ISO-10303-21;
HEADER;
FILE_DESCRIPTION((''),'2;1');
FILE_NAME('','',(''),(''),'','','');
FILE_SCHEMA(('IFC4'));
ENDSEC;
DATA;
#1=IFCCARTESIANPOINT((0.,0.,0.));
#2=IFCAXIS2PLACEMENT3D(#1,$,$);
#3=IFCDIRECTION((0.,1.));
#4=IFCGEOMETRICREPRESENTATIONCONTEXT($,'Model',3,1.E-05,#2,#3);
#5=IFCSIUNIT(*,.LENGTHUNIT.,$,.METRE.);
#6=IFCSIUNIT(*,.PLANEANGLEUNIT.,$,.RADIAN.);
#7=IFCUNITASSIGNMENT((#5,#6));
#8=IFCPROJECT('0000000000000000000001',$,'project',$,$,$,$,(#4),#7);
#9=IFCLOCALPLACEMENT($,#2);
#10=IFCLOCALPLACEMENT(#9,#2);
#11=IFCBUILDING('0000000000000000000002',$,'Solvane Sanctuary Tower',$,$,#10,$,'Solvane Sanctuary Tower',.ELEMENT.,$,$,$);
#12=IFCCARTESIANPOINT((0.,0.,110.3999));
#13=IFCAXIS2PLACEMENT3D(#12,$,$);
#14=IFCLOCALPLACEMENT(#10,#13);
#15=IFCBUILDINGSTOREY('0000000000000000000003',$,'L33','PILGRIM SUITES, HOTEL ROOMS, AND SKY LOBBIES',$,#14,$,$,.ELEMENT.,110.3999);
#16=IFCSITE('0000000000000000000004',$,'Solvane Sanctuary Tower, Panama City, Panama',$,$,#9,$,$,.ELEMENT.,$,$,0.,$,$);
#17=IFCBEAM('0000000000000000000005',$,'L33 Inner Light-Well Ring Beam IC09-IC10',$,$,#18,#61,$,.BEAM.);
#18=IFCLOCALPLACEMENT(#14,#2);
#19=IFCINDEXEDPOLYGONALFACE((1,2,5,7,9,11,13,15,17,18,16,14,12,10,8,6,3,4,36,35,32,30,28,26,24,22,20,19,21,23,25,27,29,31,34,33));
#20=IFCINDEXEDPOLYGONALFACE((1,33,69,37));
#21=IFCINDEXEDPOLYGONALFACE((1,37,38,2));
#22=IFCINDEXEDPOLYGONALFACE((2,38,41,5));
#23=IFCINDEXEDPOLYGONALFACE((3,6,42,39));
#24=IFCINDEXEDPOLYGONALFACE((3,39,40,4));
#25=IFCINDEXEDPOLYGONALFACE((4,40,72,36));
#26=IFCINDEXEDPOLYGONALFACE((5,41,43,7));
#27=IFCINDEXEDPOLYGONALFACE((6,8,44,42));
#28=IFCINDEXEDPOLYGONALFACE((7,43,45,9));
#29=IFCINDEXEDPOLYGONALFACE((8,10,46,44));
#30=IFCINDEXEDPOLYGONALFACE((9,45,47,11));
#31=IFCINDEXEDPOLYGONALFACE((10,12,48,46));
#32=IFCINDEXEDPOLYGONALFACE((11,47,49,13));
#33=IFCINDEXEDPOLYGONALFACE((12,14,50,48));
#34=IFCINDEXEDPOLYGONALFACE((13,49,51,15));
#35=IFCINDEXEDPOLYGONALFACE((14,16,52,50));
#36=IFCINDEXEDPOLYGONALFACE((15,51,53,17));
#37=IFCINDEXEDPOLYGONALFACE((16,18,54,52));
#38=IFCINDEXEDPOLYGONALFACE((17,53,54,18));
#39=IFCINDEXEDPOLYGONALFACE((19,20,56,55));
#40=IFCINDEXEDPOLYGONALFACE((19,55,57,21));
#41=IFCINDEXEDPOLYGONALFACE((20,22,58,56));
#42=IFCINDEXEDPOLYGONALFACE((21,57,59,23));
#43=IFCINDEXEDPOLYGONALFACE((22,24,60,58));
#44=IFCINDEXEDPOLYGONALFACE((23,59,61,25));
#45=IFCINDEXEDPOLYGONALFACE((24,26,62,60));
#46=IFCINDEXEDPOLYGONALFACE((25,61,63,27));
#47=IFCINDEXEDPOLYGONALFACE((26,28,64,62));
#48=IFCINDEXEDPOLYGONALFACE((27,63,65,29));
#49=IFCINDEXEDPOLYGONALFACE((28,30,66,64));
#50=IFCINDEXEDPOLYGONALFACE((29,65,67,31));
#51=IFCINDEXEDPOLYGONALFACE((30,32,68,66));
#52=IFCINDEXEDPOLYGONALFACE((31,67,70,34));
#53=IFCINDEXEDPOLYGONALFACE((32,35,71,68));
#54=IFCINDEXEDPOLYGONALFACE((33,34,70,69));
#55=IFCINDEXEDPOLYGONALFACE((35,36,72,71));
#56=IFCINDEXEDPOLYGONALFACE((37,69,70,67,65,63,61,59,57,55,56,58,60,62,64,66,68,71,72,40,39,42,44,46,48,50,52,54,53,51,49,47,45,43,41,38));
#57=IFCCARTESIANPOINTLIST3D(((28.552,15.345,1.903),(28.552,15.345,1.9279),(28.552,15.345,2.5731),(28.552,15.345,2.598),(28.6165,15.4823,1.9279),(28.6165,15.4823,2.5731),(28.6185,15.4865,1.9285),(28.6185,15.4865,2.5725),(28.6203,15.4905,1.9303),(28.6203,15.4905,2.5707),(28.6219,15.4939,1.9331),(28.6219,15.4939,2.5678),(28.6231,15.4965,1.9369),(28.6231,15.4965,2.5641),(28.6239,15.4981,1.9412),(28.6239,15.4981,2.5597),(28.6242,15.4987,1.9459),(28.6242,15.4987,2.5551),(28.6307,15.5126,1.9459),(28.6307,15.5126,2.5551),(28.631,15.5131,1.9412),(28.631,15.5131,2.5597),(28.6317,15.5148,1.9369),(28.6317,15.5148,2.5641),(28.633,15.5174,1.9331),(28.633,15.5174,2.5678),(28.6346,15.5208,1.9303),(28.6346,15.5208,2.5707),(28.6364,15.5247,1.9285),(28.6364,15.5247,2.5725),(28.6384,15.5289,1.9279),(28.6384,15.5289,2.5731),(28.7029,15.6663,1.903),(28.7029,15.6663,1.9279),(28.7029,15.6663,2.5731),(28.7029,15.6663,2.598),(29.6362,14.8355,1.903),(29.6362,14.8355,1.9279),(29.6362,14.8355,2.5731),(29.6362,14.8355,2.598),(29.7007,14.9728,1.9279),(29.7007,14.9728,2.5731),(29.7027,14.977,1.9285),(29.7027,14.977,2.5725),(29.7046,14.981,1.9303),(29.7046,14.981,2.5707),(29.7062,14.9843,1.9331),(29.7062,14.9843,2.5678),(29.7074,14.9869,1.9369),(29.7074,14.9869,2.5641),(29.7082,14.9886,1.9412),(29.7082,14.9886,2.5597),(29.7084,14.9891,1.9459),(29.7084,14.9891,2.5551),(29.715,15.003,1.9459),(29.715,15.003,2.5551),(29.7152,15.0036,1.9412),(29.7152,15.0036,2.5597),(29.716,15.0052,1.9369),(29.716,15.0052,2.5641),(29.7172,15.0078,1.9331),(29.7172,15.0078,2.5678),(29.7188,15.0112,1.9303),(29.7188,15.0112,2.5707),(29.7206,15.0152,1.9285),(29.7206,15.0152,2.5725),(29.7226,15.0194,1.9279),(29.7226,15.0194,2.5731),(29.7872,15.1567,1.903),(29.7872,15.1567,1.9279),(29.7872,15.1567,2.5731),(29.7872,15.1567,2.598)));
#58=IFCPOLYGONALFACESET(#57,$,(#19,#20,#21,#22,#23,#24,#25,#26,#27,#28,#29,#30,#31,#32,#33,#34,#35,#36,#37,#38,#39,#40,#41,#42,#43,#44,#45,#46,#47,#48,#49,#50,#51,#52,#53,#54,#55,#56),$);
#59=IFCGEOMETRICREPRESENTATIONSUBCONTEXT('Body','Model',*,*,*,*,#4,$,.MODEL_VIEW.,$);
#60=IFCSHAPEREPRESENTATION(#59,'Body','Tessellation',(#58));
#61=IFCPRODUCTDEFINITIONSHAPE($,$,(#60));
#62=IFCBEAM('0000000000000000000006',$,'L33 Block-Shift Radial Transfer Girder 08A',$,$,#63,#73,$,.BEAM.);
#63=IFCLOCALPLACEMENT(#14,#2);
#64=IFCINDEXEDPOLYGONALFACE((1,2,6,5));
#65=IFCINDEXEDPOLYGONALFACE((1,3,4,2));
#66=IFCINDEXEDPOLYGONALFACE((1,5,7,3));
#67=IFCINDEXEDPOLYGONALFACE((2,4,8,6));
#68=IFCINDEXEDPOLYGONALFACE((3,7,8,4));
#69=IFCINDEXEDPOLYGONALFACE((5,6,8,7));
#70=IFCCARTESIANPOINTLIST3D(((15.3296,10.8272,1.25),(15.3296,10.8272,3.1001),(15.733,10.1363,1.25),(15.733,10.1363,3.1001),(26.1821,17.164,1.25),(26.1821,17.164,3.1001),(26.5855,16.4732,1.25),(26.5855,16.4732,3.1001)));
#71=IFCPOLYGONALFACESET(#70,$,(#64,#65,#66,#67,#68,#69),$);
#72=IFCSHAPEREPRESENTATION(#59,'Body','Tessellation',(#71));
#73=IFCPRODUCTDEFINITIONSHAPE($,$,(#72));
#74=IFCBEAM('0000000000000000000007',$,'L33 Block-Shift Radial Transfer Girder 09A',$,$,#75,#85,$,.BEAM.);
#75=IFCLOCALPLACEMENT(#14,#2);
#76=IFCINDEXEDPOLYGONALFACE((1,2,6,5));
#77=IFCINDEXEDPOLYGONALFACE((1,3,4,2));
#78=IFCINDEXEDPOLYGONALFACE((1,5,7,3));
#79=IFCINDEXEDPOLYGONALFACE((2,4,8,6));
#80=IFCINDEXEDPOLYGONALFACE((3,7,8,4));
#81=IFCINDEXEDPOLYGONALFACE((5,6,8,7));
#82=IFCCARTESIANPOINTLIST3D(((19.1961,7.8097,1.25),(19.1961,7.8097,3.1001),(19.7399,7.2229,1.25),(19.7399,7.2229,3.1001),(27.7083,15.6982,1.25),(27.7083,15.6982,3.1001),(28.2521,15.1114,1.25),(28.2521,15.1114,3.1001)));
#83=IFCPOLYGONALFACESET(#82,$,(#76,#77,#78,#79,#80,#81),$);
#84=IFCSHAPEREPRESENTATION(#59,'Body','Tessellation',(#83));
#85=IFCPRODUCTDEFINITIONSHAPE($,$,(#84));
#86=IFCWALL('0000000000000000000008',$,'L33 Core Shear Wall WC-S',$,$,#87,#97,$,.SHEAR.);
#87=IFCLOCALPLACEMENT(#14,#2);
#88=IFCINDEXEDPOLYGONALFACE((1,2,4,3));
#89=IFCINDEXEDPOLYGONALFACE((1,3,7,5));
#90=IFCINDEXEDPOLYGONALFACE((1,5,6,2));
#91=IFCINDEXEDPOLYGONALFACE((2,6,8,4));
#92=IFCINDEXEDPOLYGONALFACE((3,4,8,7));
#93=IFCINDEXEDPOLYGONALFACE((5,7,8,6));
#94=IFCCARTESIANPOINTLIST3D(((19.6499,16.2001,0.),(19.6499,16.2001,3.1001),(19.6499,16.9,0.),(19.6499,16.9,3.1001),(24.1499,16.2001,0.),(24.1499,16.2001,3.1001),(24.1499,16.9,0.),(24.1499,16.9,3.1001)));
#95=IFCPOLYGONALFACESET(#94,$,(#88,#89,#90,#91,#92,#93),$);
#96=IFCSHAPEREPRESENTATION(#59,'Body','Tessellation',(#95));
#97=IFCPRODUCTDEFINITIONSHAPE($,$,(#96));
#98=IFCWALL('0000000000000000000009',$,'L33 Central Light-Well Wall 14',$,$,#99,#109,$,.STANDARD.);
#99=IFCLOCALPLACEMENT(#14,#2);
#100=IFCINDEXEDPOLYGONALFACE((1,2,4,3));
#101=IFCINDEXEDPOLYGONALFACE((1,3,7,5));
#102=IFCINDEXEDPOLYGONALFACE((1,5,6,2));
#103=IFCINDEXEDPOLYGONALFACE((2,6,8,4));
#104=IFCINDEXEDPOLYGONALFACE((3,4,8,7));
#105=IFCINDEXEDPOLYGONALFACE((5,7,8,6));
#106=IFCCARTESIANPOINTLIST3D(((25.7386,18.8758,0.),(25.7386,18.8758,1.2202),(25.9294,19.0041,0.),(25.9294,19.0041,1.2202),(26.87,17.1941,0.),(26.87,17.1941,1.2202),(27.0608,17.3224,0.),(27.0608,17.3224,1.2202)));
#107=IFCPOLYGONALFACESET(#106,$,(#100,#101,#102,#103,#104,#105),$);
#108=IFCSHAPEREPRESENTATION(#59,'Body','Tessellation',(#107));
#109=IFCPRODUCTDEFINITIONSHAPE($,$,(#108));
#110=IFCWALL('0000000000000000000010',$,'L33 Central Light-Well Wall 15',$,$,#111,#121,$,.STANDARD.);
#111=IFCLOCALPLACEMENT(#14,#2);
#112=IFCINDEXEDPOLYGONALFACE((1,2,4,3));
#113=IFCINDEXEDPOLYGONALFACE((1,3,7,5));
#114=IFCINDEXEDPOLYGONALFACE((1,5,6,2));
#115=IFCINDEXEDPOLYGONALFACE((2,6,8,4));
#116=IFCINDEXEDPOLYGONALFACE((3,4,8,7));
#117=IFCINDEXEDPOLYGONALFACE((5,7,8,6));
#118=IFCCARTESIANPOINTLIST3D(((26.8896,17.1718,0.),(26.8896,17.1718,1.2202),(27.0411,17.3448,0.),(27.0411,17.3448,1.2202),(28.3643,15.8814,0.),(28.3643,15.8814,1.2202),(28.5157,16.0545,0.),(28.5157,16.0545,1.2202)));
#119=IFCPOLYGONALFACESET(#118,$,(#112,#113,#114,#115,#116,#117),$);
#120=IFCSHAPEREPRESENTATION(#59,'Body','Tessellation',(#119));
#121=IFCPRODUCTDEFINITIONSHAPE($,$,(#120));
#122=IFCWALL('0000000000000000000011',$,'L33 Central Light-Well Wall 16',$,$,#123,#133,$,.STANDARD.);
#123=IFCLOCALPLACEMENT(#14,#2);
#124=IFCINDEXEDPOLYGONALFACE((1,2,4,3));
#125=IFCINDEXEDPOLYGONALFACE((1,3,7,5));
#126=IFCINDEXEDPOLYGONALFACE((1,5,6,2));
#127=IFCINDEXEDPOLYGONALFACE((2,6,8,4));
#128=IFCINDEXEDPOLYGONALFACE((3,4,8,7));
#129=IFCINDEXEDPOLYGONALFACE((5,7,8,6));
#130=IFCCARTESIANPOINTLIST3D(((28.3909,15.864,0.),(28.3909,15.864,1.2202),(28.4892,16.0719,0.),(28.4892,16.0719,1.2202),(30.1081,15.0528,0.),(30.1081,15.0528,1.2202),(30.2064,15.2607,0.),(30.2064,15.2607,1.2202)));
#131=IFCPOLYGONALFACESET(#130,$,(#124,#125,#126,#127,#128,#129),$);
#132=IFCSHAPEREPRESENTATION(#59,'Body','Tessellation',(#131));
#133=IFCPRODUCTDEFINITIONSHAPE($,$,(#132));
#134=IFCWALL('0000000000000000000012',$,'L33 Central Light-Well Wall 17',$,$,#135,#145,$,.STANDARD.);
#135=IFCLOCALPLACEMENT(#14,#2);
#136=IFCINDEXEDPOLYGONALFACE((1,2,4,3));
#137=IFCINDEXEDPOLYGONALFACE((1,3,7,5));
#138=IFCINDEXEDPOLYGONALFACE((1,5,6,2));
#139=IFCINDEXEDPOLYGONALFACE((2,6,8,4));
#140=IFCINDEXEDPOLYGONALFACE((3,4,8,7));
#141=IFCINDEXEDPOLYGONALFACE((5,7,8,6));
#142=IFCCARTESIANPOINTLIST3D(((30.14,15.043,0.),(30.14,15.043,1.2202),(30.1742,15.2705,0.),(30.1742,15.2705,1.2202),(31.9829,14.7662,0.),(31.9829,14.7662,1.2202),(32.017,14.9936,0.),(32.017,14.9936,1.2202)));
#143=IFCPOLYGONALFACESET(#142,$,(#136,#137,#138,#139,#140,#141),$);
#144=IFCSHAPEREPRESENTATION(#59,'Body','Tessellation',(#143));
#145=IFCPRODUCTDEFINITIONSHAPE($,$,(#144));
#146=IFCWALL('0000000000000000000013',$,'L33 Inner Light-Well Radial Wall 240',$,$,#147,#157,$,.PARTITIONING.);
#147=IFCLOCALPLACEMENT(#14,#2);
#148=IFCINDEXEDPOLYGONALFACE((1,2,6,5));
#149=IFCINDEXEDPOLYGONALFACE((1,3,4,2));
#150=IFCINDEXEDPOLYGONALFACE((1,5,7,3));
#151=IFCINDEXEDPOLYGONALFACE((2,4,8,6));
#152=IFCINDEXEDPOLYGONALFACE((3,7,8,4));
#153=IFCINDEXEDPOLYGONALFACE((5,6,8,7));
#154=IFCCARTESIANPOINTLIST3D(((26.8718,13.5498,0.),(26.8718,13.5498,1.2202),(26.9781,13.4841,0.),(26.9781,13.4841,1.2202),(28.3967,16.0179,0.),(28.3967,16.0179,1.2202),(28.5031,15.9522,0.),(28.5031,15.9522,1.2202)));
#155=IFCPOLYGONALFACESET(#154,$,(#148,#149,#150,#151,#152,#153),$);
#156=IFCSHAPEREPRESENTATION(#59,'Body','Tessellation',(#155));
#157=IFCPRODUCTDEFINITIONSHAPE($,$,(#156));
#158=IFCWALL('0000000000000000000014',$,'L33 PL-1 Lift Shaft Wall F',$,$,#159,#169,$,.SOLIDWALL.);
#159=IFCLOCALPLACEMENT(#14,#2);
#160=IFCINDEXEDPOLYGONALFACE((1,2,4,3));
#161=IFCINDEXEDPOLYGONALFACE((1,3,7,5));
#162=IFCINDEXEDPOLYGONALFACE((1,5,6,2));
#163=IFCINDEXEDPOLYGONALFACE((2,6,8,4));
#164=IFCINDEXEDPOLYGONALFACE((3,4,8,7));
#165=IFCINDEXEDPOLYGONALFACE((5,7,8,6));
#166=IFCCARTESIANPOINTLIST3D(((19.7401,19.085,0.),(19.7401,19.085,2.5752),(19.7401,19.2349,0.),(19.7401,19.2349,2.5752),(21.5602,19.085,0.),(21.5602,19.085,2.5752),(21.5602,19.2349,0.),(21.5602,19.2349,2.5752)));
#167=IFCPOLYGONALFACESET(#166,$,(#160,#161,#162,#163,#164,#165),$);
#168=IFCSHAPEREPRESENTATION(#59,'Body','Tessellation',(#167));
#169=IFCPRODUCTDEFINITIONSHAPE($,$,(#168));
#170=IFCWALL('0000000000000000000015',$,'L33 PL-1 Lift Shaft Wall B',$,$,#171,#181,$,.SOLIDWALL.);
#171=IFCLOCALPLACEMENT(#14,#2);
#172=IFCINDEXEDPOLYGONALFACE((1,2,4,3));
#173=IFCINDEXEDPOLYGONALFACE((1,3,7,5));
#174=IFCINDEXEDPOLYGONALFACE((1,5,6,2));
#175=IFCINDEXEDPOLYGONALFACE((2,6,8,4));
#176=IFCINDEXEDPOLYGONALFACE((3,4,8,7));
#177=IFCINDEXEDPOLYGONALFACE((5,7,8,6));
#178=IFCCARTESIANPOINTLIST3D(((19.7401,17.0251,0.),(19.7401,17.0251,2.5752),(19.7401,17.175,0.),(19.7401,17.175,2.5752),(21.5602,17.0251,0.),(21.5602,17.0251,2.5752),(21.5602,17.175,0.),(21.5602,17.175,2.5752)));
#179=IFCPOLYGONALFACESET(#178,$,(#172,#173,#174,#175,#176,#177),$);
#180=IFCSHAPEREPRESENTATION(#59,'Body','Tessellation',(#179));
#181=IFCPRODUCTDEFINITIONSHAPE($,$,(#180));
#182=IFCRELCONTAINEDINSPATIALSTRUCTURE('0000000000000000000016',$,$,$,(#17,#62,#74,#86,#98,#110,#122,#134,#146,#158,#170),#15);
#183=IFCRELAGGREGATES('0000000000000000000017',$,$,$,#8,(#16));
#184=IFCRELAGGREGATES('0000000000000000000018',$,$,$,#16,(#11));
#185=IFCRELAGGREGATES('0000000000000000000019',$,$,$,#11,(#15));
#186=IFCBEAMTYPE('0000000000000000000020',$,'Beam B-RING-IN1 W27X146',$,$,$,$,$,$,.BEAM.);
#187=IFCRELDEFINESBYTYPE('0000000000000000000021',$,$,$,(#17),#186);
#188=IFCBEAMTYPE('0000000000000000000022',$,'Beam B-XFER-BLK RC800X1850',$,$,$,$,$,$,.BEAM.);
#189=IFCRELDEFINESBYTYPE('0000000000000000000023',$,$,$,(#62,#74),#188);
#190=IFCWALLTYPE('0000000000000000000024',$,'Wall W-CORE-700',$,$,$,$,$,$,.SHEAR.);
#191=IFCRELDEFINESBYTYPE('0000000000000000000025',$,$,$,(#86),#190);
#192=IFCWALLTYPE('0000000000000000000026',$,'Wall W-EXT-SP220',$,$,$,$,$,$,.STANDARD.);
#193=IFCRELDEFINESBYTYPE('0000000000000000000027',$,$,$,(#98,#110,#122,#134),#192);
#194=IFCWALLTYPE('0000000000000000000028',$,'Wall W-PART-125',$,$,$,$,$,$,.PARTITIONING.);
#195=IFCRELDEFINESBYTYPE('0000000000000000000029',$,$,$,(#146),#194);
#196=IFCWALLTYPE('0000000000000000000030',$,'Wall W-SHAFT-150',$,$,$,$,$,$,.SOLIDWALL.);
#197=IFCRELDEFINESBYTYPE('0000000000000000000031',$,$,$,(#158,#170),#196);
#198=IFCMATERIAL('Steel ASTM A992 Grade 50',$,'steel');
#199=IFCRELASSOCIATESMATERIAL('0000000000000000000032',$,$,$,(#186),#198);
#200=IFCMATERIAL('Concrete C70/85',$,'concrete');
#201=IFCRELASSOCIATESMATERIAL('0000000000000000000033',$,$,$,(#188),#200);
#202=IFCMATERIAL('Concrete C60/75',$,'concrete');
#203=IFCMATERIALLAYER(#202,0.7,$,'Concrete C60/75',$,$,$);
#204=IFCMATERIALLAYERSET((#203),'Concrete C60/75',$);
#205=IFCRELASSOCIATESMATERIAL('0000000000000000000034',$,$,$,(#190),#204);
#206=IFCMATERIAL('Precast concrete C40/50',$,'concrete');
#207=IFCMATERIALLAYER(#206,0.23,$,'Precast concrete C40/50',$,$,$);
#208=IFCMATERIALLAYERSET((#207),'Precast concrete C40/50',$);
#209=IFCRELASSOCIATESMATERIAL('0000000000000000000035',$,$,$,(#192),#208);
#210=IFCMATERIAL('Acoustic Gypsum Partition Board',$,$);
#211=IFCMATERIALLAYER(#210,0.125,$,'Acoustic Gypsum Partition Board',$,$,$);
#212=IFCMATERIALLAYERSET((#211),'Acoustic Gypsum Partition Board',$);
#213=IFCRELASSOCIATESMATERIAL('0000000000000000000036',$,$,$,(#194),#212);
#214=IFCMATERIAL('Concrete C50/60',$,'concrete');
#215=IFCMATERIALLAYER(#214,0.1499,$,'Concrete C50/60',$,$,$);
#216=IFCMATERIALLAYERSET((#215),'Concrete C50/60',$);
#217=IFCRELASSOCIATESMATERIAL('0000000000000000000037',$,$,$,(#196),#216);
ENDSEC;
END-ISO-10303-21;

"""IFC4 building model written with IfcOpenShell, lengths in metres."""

from ifc_helpers import new_model, si_unit, direction, frame, frame_2d, origin, origin_2d, place, context, subcontext, project, spatial, rectangle, i_section, extrude, material, layer, layer_set, material_profile, profile_set, type_object, element, save


model = new_model("IFC4")

# Units and contexts
model_context = context("Model", 3, precision=1e-05, world=origin(), true_north=direction((0.0, 1.0)))
body_context = subcontext(model_context, "Body", "Model", "MODEL_VIEW")
ifc_project = project(units=[si_unit("LENGTHUNIT", "METRE"), si_unit("PLANEANGLEUNIT", "RADIAN")], contexts=[model_context])

# Site, building, storey
site_placement = place(None, origin())
site = spatial("IfcSite", under=ifc_project, at=site_placement, Name="Solvane Sanctuary Tower, Panama City, Panama", CompositionType="ELEMENT", RefElevation=0.0)
building_placement = place(site_placement, origin())
building = spatial("IfcBuilding", under=site, at=building_placement, Name="Solvane Sanctuary Tower", LongName="Solvane Sanctuary Tower", CompositionType="ELEMENT")
storey_placement = place(building_placement, frame((0.0, 0.0, 110.3999)))
storey = spatial("IfcBuildingStorey", under=building, at=storey_placement, Name="L33", Description="PILGRIM SUITES, HOTEL ROOMS, AND SKY LOBBIES", CompositionType="ELEMENT", Elevation=110.3999)

# Shared definitions
ifc_material_1 = material(Name="Concrete C70/85", Category="concrete")
ifc_material_2 = material(Name="Concrete C60/75", Category="concrete")

# Beams
ifc_material_3 = material(Name="Steel ASTM A992 Grade 50", Category="steel")
ifc_material_profile_1 = material_profile(ifc_material_3, i_section(OverallWidth=0.355, OverallDepth=0.6951, WebThickness=0.0154, FlangeThickness=0.0249, FilletRadius=0.0181, at=origin_2d()), Name="W27X146")
ifc_profile_set_1 = profile_set([ifc_material_profile_1], Name="Steel ASTM A992 Grade 50")
beam_type_1 = type_object("IfcBeamType", Name="Beam B-RING-IN1 W27X146", PredefinedType="BEAM", material=ifc_profile_set_1)
beam_1_placement = place(storey_placement, frame((28.6274, 15.5056, 2.2505), z_axis=(0.905045, -0.425316, 0.0), x_axis=(0.425316, 0.905045, 0.0)))
element("IfcBeam", 1, at=beam_1_placement, inside=storey, type_object=beam_type_1, Name="L33 Inner Light-Well Ring Beam IC09-IC10", PredefinedType="BEAM", context=body_context, shape_type="SweptSolid", body=[
    extrude(i_section(OverallWidth=0.355, OverallDepth=0.6951, WebThickness=0.0154, FlangeThickness=0.0249, FilletRadius=0.0181, at=origin_2d()), origin(), (0.0, 0.0, 1.0), 1.198),
])
ifc_material_profile_2 = material_profile(ifc_material_1, rectangle(XDim=0.8, YDim=1.8501, at=origin_2d()), Name="RC800X1850")
ifc_profile_set_2 = profile_set([ifc_material_profile_2], Name="Concrete C70/85")
beam_type_2 = type_object("IfcBeamType", Name="Beam B-XFER-BLK RC800X1850", PredefinedType="BEAM", material=ifc_profile_set_2)
beam_2_placement = place(storey_placement, frame((26.3838, 16.8186, 2.175), z_axis=(-0.863562, -0.504243, 0.0), x_axis=(0.504243, -0.863562, 0.0)))
element("IfcBeam", 2, at=beam_2_placement, inside=storey, type_object=beam_type_2, Name="L33 Block-Shift Radial Transfer Girder 08A", PredefinedType="BEAM", context=body_context, shape_type="SweptSolid", body=[
    extrude(rectangle(XDim=0.8, YDim=1.8501, at=origin_2d()), origin(), (0.0, 0.0, 1.0), 12.5671),
])
beam_3_placement = place(storey_placement, frame((27.9802, 15.4048, 2.175), z_axis=(-0.73347, -0.679721, 0.0), x_axis=(0.679721, -0.73347, 0.0)))
element("IfcBeam", 3, at=beam_3_placement, inside=storey, type_object=beam_type_2, Name="L33 Block-Shift Radial Transfer Girder 09A", PredefinedType="BEAM", context=body_context, shape_type="SweptSolid", body=[
    extrude(rectangle(XDim=0.8, YDim=1.8501, at=origin_2d()), origin(), (0.0, 0.0, 1.0), 11.6055),
])

# Walls
ifc_layer_1 = layer(ifc_material_2, 0.7, Name="Concrete C60/75")
ifc_layer_set_1 = layer_set([ifc_layer_1], Name="Concrete C60/75")
wall_type_1 = type_object("IfcWallType", Name="Wall W-CORE-700", PredefinedType="SHEAR", material=ifc_layer_set_1)
wall_1_placement = place(storey_placement, frame((19.6499, 16.55, 0.0), z_axis=(0.0, 0.0, 1.0), x_axis=(1.0, 0.0, 0.0)))
element("IfcWall", 4, at=wall_1_placement, inside=storey, type_object=wall_type_1, Name="L33 Core Shear Wall WC-S", PredefinedType="SHEAR", context=body_context, shape_type="SweptSolid", body=[
    extrude(rectangle(XDim=4.5, YDim=0.7, at=frame_2d((2.25, 0.0))), origin(), (0.0, 0.0, 1.0), 3.1001),
])
ifc_material_4 = material(Name="Precast concrete C40/50", Category="concrete")
ifc_layer_2 = layer(ifc_material_4, 0.23, Name="Precast concrete C40/50")
ifc_layer_set_2 = layer_set([ifc_layer_2], Name="Precast concrete C40/50")
wall_type_2 = type_object("IfcWallType", Name="Wall W-EXT-SP220", PredefinedType="STANDARD", material=ifc_layer_set_2)
wall_2_placement = place(storey_placement, frame((25.834, 18.9399, 0.0), z_axis=(0.0, 0.0, 1.0), x_axis=(0.558198, -0.829708, 0.0)))
element("IfcWall", 5, at=wall_2_placement, inside=storey, type_object=wall_type_2, Name="L33 Central Light-Well Wall 14", PredefinedType="STANDARD", context=body_context, shape_type="SweptSolid", body=[
    extrude(rectangle(XDim=2.0269, YDim=0.23, at=frame_2d((1.0134, 0.0))), origin(), (0.0, 0.0, 1.0), 1.2202),
])
wall_3_placement = place(storey_placement, frame((26.9653, 17.2583, 0.0), z_axis=(0.0, 0.0, 1.0), x_axis=(0.752577, -0.658505, 0.0)))
element("IfcWall", 6, at=wall_3_placement, inside=storey, type_object=wall_type_2, Name="L33 Central Light-Well Wall 15", PredefinedType="STANDARD", context=body_context, shape_type="SweptSolid", body=[
    extrude(rectangle(XDim=1.9595, YDim=0.23, at=frame_2d((0.9797, 0.0))), origin(), (0.0, 0.0, 1.0), 1.2202),
])
wall_4_placement = place(storey_placement, frame((28.4399, 15.968, 0.0), z_axis=(0.0, 0.0, 1.0), x_axis=(0.90418, -0.427152, 0.0)))
element("IfcWall", 7, at=wall_4_placement, inside=storey, type_object=wall_type_2, Name="L33 Central Light-Well Wall 16", PredefinedType="STANDARD", context=body_context, shape_type="SweptSolid", body=[
    extrude(rectangle(XDim=1.8992, YDim=0.23, at=frame_2d((0.9497, 0.0))), origin(), (0.0, 0.0, 1.0), 1.2202),
])
wall_5_placement = place(storey_placement, frame((30.1572, 15.1567, 0.0), z_axis=(0.0, 0.0, 1.0), x_axis=(0.988902, -0.148571, 0.0)))
element("IfcWall", 8, at=wall_5_placement, inside=storey, type_object=wall_type_2, Name="L33 Central Light-Well Wall 17", PredefinedType="STANDARD", context=body_context, shape_type="SweptSolid", body=[
    extrude(rectangle(XDim=1.8635, YDim=0.23, at=frame_2d((0.9316, 0.0))), origin(), (0.0, 0.0, 1.0), 1.2202),
])
ifc_material_5 = material(Name="Acoustic Gypsum Partition Board")
ifc_layer_3 = layer(ifc_material_5, 0.125, Name="Acoustic Gypsum Partition Board")
ifc_layer_set_3 = layer_set([ifc_layer_3], Name="Acoustic Gypsum Partition Board")
wall_type_3 = type_object("IfcWallType", Name="Wall W-PART-125", PredefinedType="PARTITIONING", material=ifc_layer_set_3)
wall_6_placement = place(storey_placement, frame((28.45, 15.9851, 0.0), z_axis=(0.0, 0.0, 1.0), x_axis=(-0.525627, -0.850715, 0.0)))
element("IfcWall", 9, at=wall_6_placement, inside=storey, type_object=wall_type_3, Name="L33 Inner Light-Well Radial Wall 240", PredefinedType="PARTITIONING", context=body_context, shape_type="SweptSolid", body=[
    extrude(rectangle(XDim=2.9011, YDim=0.125, at=frame_2d((1.4507, 0.0))), origin(), (0.0, 0.0, 1.0), 1.2202),
])
ifc_material_6 = material(Name="Concrete C50/60", Category="concrete")
ifc_layer_4 = layer(ifc_material_6, 0.1499, Name="Concrete C50/60")
ifc_layer_set_4 = layer_set([ifc_layer_4], Name="Concrete C50/60")
wall_type_4 = type_object("IfcWallType", Name="Wall W-SHAFT-150", PredefinedType="SOLIDWALL", material=ifc_layer_set_4)
for number, where, z_axis, x_axis, name in (
    (10, (19.74, 19.1599, 0.0), (0.0, 0.0, 1.0), (1.0, 0.0, 0.0), "L33 PL-1 Lift Shaft Wall F"),
    (11, (19.74, 17.1001, 0.0), (0.0, 0.0, 1.0), (1.0, 0.0, 0.0), "L33 PL-1 Lift Shaft Wall B"),
):
    element("IfcWall", number, at=place(storey_placement, frame(where, z_axis=z_axis, x_axis=x_axis)), inside=storey, type_object=wall_type_4, Name=name, PredefinedType="SOLIDWALL", context=body_context, shape_type="SweptSolid", body=[
        extrude(rectangle(XDim=1.8201, YDim=0.1499, at=frame_2d((0.9102, 0.0))), origin(), (0.0, 0.0, 1.0), 2.5752),
    ])

save(model, "model.ifc")
